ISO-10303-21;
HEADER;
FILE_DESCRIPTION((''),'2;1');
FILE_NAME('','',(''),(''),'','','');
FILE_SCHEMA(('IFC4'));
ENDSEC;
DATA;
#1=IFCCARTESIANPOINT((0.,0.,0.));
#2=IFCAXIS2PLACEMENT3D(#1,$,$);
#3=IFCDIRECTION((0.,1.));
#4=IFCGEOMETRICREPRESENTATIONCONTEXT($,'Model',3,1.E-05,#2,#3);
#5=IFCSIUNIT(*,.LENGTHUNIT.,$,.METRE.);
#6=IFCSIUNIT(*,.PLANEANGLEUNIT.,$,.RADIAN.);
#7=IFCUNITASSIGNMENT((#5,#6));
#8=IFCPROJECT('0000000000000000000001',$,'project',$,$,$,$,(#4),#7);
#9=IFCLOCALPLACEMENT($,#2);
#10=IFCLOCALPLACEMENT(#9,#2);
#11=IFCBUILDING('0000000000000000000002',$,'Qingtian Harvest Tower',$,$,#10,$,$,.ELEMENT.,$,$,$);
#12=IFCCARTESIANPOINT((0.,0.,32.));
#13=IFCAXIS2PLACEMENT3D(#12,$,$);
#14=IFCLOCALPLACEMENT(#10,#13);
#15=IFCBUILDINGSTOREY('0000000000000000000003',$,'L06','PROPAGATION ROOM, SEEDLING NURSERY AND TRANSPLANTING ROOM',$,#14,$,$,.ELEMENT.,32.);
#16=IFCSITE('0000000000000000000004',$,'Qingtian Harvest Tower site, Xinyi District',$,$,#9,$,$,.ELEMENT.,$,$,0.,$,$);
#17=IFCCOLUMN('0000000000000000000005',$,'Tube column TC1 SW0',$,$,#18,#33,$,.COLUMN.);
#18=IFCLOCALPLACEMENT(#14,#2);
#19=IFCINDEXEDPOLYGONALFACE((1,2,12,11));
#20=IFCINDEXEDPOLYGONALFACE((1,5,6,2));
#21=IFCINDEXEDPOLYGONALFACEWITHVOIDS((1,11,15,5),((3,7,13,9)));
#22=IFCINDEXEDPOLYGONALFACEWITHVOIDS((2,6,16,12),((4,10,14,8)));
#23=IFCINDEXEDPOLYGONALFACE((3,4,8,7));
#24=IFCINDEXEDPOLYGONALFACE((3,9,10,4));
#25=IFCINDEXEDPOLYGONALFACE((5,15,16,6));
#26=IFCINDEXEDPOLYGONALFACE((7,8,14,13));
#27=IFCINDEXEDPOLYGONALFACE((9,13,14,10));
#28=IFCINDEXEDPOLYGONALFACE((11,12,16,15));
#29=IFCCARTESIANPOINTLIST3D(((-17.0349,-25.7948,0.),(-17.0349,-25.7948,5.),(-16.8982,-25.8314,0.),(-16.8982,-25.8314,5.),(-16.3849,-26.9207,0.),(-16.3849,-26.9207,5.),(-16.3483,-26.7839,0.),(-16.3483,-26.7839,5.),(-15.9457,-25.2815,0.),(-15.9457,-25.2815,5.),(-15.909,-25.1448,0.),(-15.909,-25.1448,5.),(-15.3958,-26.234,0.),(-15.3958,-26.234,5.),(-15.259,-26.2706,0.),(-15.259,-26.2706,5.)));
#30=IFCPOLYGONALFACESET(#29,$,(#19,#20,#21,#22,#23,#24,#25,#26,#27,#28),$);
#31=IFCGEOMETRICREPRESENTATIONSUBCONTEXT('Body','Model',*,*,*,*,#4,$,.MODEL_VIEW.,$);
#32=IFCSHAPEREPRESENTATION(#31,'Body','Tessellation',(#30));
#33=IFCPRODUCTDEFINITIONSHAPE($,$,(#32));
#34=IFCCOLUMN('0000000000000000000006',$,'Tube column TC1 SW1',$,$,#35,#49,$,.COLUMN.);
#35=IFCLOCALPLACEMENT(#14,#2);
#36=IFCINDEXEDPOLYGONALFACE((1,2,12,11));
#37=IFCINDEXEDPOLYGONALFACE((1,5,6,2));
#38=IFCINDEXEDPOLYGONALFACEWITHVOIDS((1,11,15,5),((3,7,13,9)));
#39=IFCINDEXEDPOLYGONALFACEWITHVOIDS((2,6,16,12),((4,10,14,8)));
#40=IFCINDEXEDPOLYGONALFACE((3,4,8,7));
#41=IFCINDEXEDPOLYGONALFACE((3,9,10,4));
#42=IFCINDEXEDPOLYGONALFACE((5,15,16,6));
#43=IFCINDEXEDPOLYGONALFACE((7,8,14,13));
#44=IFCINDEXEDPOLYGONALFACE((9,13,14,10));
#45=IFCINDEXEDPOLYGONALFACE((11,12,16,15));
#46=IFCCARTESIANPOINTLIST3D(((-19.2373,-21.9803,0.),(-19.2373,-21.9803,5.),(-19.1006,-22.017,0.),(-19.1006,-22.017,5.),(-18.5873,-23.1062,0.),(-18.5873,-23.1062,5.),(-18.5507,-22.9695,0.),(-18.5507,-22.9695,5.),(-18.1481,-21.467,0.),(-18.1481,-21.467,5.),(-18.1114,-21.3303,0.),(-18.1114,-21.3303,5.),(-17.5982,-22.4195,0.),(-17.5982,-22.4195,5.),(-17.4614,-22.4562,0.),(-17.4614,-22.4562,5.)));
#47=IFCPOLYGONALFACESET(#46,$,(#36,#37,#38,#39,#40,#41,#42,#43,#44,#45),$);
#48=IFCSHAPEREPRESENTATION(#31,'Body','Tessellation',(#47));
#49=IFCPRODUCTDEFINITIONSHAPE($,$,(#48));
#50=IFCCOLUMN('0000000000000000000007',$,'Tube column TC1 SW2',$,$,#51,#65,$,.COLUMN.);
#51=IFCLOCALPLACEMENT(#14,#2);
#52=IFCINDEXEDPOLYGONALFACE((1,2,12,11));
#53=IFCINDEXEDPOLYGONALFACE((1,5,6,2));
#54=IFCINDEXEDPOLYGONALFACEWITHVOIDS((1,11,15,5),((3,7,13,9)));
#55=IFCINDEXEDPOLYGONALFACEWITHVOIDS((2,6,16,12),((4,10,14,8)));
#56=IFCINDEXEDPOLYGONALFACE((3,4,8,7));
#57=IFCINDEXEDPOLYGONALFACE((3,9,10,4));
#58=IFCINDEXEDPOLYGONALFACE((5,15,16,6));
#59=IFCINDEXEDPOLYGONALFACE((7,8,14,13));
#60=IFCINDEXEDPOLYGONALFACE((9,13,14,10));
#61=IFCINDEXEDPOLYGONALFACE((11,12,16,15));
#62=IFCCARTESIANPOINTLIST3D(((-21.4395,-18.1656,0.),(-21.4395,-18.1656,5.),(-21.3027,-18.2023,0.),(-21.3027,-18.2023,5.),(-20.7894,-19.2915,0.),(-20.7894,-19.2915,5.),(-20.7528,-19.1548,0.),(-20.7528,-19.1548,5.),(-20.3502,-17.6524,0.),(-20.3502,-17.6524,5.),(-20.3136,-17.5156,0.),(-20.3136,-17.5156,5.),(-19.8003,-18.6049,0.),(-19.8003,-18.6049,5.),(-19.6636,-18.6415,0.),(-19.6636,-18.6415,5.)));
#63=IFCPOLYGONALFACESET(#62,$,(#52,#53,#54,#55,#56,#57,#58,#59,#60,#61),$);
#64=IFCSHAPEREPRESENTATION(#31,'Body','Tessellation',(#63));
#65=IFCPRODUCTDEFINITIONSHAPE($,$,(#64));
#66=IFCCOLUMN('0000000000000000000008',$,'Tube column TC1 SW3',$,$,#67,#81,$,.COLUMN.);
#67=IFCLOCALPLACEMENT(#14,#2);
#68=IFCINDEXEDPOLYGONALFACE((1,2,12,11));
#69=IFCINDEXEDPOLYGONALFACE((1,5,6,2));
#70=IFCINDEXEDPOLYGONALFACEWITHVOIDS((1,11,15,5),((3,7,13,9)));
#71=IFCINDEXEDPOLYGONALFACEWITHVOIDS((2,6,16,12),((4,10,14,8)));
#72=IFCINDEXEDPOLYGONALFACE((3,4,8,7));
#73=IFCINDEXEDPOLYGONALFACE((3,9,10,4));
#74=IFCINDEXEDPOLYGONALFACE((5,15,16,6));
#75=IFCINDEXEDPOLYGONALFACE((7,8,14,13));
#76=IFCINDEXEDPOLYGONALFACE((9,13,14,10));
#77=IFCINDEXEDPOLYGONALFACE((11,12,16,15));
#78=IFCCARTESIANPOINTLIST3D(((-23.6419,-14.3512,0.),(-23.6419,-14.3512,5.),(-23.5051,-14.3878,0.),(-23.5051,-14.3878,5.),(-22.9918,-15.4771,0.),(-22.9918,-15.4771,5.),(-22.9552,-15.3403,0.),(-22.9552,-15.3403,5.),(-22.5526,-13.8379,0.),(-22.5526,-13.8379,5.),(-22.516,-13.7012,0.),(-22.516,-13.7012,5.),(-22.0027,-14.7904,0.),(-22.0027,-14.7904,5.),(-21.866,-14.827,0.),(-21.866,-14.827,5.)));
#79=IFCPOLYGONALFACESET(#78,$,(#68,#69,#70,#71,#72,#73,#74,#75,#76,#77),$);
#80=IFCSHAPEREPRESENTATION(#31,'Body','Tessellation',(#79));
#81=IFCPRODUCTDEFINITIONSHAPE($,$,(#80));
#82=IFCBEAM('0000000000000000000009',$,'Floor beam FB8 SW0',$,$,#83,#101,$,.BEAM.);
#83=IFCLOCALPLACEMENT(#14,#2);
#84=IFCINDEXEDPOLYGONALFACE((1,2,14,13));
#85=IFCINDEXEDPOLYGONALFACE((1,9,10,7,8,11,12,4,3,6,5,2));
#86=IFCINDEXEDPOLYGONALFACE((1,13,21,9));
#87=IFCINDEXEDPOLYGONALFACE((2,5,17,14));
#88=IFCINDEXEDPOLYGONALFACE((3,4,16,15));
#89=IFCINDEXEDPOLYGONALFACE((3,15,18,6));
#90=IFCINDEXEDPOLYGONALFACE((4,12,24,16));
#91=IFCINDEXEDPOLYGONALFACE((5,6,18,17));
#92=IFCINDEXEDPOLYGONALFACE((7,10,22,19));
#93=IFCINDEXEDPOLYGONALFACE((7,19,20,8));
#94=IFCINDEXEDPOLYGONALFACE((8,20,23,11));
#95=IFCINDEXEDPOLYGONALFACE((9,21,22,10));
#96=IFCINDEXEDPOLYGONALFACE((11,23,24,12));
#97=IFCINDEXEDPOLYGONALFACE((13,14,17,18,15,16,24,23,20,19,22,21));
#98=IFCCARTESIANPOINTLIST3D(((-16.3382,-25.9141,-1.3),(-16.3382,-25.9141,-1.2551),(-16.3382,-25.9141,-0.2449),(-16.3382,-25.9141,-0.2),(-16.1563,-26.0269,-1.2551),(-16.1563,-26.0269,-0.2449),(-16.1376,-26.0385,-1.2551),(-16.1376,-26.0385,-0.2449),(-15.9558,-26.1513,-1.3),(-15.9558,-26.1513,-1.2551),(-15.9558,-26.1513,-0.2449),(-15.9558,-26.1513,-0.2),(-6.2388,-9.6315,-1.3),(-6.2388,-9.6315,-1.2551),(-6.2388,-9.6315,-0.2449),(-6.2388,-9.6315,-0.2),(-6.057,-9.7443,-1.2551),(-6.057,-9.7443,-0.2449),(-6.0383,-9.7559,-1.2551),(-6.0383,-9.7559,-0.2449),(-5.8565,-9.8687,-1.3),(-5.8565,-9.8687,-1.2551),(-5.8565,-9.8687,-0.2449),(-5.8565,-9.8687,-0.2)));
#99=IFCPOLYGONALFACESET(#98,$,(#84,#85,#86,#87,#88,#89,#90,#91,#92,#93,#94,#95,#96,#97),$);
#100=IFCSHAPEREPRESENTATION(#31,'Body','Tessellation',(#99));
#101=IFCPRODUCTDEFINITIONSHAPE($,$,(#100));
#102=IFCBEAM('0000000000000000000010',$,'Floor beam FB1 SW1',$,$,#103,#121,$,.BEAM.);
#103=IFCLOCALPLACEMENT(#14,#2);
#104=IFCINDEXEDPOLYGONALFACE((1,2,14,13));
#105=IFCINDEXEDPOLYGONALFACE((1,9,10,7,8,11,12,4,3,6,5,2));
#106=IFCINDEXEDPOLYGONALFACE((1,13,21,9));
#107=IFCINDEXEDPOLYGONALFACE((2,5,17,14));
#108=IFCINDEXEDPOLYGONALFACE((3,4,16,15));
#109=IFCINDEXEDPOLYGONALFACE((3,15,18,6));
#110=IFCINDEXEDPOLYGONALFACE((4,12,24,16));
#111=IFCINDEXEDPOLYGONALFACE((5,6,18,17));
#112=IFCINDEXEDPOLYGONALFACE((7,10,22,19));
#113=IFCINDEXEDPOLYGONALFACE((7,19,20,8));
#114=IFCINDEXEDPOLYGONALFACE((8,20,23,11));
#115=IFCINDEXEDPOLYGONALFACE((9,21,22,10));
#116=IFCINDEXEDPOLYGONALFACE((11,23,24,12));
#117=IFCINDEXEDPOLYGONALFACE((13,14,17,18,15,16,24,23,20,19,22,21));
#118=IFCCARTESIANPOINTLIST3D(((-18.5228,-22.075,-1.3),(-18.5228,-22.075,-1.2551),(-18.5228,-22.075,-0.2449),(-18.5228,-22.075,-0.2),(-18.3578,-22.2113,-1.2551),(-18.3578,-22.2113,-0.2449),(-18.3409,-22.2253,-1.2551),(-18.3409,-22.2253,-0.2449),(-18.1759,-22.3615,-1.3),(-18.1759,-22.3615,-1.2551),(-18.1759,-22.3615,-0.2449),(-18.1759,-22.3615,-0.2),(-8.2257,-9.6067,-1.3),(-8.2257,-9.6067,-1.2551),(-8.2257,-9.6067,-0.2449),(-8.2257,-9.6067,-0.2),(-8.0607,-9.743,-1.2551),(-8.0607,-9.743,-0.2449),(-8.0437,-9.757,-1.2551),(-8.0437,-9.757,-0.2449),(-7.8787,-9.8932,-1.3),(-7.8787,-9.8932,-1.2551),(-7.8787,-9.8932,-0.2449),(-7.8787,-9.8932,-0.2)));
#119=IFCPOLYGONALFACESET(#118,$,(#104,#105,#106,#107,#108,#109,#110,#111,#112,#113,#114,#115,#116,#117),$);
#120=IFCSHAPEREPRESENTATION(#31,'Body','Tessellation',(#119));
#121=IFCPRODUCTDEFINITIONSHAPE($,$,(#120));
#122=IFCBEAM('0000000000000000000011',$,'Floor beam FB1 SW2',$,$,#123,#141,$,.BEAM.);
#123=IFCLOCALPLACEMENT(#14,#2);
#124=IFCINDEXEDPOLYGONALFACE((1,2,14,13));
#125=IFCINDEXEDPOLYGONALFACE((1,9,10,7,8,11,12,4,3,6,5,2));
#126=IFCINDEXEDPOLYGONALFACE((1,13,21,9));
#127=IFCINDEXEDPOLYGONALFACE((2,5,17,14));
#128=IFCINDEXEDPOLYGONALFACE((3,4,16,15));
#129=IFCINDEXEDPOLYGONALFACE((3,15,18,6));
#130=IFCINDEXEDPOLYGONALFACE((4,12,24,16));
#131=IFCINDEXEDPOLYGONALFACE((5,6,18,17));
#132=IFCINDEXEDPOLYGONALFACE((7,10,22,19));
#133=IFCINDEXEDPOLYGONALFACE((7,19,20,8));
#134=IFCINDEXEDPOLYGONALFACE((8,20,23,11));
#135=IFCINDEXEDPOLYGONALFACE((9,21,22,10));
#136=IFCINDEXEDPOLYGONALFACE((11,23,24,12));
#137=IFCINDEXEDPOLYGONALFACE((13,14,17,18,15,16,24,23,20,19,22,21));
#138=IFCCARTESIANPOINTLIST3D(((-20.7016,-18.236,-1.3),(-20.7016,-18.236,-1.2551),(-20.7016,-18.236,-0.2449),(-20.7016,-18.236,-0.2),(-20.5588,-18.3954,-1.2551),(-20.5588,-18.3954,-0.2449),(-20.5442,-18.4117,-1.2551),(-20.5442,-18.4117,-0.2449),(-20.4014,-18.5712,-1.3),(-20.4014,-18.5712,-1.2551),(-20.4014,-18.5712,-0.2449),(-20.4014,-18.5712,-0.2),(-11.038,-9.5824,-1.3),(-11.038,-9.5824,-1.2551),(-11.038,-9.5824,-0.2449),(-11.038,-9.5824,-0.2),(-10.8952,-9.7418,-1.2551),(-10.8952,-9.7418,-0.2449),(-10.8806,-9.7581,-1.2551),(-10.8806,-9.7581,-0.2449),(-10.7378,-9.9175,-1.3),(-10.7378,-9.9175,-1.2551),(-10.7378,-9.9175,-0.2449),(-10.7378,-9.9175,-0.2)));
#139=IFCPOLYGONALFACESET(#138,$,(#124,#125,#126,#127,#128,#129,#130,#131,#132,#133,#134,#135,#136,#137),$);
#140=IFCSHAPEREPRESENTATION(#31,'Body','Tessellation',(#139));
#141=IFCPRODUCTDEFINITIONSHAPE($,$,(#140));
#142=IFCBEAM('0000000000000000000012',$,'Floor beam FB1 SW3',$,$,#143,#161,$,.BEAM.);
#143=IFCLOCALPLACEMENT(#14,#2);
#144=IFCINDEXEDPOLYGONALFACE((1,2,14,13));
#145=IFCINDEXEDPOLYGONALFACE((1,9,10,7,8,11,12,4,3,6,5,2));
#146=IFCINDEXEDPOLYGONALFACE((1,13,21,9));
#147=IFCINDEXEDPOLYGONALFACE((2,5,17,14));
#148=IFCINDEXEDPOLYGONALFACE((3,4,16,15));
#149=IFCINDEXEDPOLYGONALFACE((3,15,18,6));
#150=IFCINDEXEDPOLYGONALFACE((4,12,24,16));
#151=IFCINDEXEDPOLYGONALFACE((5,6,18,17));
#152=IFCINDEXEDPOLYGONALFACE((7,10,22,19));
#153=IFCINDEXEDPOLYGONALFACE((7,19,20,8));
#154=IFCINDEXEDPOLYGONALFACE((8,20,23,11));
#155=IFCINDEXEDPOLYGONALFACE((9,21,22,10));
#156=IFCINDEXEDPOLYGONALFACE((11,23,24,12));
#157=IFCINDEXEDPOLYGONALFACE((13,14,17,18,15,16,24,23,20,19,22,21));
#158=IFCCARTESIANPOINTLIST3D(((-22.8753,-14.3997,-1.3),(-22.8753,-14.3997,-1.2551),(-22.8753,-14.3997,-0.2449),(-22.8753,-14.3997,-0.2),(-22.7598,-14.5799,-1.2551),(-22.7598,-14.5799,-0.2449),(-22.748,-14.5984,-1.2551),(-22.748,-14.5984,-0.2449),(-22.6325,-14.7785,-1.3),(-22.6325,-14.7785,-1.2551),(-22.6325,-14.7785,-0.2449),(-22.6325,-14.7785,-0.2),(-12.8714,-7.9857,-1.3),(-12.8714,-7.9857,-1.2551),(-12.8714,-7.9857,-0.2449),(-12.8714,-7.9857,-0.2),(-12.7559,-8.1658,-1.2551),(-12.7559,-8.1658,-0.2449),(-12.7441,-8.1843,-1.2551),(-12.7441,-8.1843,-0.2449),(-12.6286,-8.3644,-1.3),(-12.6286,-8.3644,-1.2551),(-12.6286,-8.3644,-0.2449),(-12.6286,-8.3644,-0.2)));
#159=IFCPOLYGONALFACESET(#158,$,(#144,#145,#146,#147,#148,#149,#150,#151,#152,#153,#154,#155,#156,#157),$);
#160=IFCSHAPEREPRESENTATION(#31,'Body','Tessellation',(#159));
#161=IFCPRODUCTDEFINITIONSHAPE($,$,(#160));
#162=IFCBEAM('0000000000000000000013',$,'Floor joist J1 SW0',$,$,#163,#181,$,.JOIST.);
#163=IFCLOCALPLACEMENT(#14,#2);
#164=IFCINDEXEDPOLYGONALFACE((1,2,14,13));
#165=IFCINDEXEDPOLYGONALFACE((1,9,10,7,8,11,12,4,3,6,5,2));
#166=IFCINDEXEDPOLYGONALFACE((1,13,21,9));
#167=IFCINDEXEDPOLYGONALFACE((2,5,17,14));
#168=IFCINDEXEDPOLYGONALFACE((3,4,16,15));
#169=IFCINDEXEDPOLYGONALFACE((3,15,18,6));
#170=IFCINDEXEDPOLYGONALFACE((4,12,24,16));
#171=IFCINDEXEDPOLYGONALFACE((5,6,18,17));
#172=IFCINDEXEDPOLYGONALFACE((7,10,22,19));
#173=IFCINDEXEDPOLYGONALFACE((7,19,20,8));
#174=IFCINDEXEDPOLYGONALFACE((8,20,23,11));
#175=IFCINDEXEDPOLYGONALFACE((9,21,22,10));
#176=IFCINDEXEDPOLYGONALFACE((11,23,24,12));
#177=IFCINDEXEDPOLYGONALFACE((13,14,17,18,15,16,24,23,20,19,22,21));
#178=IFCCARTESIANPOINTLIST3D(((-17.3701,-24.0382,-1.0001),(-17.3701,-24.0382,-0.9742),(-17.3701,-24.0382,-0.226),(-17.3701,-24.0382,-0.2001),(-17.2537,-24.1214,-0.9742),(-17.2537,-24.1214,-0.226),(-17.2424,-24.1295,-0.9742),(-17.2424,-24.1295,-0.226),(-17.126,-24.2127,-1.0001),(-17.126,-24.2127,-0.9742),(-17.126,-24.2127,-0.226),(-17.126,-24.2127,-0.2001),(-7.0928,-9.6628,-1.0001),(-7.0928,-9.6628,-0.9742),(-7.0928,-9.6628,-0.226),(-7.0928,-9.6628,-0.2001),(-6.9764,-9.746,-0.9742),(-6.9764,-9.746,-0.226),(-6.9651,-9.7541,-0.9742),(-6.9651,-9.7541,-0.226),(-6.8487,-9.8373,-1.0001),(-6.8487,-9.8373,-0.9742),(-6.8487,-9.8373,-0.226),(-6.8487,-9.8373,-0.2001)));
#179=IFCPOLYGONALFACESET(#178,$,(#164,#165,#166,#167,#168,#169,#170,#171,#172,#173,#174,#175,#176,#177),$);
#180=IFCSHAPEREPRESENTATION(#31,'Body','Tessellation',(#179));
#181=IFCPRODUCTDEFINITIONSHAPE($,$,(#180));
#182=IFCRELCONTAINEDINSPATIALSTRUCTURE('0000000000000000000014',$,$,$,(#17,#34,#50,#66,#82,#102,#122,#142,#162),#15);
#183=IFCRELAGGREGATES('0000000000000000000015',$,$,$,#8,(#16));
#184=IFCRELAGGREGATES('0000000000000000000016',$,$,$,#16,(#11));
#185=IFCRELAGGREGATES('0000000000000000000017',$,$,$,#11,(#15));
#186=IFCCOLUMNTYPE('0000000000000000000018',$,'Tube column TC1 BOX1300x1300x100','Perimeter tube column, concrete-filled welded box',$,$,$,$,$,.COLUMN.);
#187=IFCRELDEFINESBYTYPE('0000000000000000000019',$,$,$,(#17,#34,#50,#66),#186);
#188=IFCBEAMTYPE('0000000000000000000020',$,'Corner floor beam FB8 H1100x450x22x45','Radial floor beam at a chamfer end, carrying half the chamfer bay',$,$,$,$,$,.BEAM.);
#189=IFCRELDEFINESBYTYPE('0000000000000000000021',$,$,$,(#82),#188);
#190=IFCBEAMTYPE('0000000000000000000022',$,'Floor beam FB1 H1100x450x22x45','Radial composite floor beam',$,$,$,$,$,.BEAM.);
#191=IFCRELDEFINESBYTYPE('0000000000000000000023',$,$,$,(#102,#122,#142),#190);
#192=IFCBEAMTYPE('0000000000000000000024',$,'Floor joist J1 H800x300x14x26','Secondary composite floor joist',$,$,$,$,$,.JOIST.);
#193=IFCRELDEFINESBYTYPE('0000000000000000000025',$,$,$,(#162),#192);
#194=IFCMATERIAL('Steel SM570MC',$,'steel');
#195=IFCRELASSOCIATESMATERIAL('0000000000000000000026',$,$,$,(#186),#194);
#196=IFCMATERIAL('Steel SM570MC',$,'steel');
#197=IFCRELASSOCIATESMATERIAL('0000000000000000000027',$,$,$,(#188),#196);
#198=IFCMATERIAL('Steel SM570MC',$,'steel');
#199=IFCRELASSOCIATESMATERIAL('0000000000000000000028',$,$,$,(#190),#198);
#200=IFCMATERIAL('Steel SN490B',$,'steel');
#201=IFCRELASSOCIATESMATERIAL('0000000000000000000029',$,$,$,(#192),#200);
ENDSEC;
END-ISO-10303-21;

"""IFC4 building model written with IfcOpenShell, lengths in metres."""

from ifc_helpers import new_model, si_unit, direction, frame, origin, origin_2d, place, context, subcontext, project, spatial, hollow_rectangle, i_section, extrude, material, material_profile, profile_set, type_object, element, save


model = new_model("IFC4")

# Units and contexts
model_context = context("Model", 3, precision=1e-05, world=origin(), true_north=direction((0.0, 1.0)))
body_context = subcontext(model_context, "Body", "Model", "MODEL_VIEW")
ifc_project = project(units=[si_unit("LENGTHUNIT", "METRE"), si_unit("PLANEANGLEUNIT", "RADIAN")], contexts=[model_context])

# Site, building, storey
site_placement = place(None, origin())
site = spatial("IfcSite", under=ifc_project, at=site_placement, Name="Qingtian Harvest Tower site, Xinyi District", CompositionType="ELEMENT", RefElevation=0.0)
building_placement = place(site_placement, origin())
building = spatial("IfcBuilding", under=site, at=building_placement, Name="Qingtian Harvest Tower", CompositionType="ELEMENT")
storey_placement = place(building_placement, frame((0.0, 0.0, 32.0)))
storey = spatial("IfcBuildingStorey", under=building, at=storey_placement, Name="L06", Description="PROPAGATION ROOM, SEEDLING NURSERY AND TRANSPLANTING ROOM", CompositionType="ELEMENT", Elevation=32.0)

# Columns
ifc_material_1 = material(Name="Steel SM570MC", Category="steel")
ifc_material_profile_1 = material_profile(ifc_material_1, hollow_rectangle(XDim=1.3, YDim=1.3, WallThickness=0.1001, at=origin_2d()), Name="BOX1300x1300x100")
ifc_profile_set_1 = profile_set([ifc_material_profile_1], Name="Steel SM570MC")
column_type = type_object("IfcColumnType", Name="Tube column TC1 BOX1300x1300x100", Description="Perimeter tube column, concrete-filled welded box", PredefinedType="COLUMN", material=ifc_profile_set_1)
for number, where, z_axis, x_axis, name in (
    (1, (-16.147, -26.0327, 0.0), (0.0, 0.0, 1.0), (0.5, -0.866025, 0.0), "Tube column TC1 SW0"),
    (2, (-18.3494, -22.2183, 0.0), (0.0, 0.0, 1.0), (0.5, -0.866025, 0.0), "Tube column TC1 SW1"),
    (3, (-20.5515, -18.4036, 0.0), (0.0, 0.0, 1.0), (0.5, -0.866025, 0.0), "Tube column TC1 SW2"),
    (4, (-22.7539, -14.5891, 0.0), (0.0, 0.0, 1.0), (0.5, -0.866025, 0.0), "Tube column TC1 SW3"),
):
    element("IfcColumn", number, at=place(storey_placement, frame(where, z_axis=z_axis, x_axis=x_axis)), inside=storey, type_object=column_type, Name=name, PredefinedType="COLUMN", context=body_context, shape_type="SweptSolid", body=[
        extrude(hollow_rectangle(XDim=1.3, YDim=1.3, WallThickness=0.1001, at=origin_2d()), origin(), (0.0, 0.0, 1.0), 5.0),
    ])

# Beams
ifc_material_2 = material(Name="Steel SM570MC", Category="steel")
ifc_material_profile_2 = material_profile(ifc_material_2, i_section(OverallWidth=0.45, OverallDepth=1.1001, WebThickness=0.022, FlangeThickness=0.0449, at=origin_2d()), Name="H1100x450x22x45")
ifc_profile_set_2 = profile_set([ifc_material_profile_2], Name="Steel SM570MC")
beam_type_1 = type_object("IfcBeamType", Name="Corner floor beam FB8 H1100x450x22x45", Description="Radial floor beam at a chamfer end, carrying half the chamfer bay", PredefinedType="BEAM", material=ifc_profile_set_2)
beam_1_placement = place(storey_placement, frame((-16.147, -26.0327, -0.75), z_axis=(0.527094, 0.849807, 0.0), x_axis=(-0.849807, 0.527094, 0.0)))
element("IfcBeam", 5, at=beam_1_placement, inside=storey, type_object=beam_type_1, Name="Floor beam FB8 SW0", PredefinedType="BEAM", context=body_context, shape_type="SweptSolid", body=[
    extrude(i_section(OverallWidth=0.45, OverallDepth=1.1001, WebThickness=0.022, FlangeThickness=0.0449, at=origin_2d()), origin(), (0.0, 0.0, 1.0), 19.1604),
])
ifc_material_3 = material(Name="Steel SM570MC", Category="steel")
ifc_material_profile_3 = material_profile(ifc_material_3, i_section(OverallWidth=0.45, OverallDepth=1.1001, WebThickness=0.022, FlangeThickness=0.0449, at=origin_2d()), Name="H1100x450x22x45")
ifc_profile_set_3 = profile_set([ifc_material_profile_3], Name="Steel SM570MC")
beam_type_2 = type_object("IfcBeamType", Name="Floor beam FB1 H1100x450x22x45", Description="Radial composite floor beam", PredefinedType="BEAM", material=ifc_profile_set_3)
beam_2_placement = place(storey_placement, frame((-18.3494, -22.2183, -0.75), z_axis=(0.63678, 0.771045, 0.0), x_axis=(-0.771045, 0.63678, 0.0)))
element("IfcBeam", 6, at=beam_2_placement, inside=storey, type_object=beam_type_2, Name="Floor beam FB1 SW1", PredefinedType="BEAM", context=body_context, shape_type="SweptSolid", body=[
    extrude(i_section(OverallWidth=0.45, OverallDepth=1.1001, WebThickness=0.022, FlangeThickness=0.0449, at=origin_2d()), origin(), (0.0, 0.0, 1.0), 16.1707),
])
beam_3_placement = place(storey_placement, frame((-20.5515, -18.4036, -0.75), z_axis=(0.744965, 0.667103, 0.0), x_axis=(-0.667103, 0.744965, 0.0)))
element("IfcBeam", 7, at=beam_3_placement, inside=storey, type_object=beam_type_2, Name="Floor beam FB1 SW2", PredefinedType="BEAM", context=body_context, shape_type="SweptSolid", body=[
    extrude(i_section(OverallWidth=0.45, OverallDepth=1.1001, WebThickness=0.022, FlangeThickness=0.0449, at=origin_2d()), origin(), (0.0, 0.0, 1.0), 12.9719),
])
beam_4_placement = place(storey_placement, frame((-22.7539, -14.5891, -0.75), z_axis=(0.841829, 0.539744, 0.0), x_axis=(-0.539744, 0.841829, 0.0)))
element("IfcBeam", 8, at=beam_4_placement, inside=storey, type_object=beam_type_2, Name="Floor beam FB1 SW3", PredefinedType="BEAM", context=body_context, shape_type="SweptSolid", body=[
    extrude(i_section(OverallWidth=0.45, OverallDepth=1.1001, WebThickness=0.022, FlangeThickness=0.0449, at=origin_2d()), origin(), (0.0, 0.0, 1.0), 11.8835),
])
ifc_material_4 = material(Name="Steel SN490B", Category="steel")
ifc_material_profile_4 = material_profile(ifc_material_4, i_section(OverallWidth=0.3, OverallDepth=0.8, WebThickness=0.0139, FlangeThickness=0.0259, at=origin_2d()), Name="H800x300x14x26")
ifc_profile_set_4 = profile_set([ifc_material_profile_4], Name="Steel SN490B")
beam_type_3 = type_object("IfcBeamType", Name="Floor joist J1 H800x300x14x26", Description="Secondary composite floor joist", PredefinedType="JOIST", material=ifc_profile_set_4)
beam_5_placement = place(storey_placement, frame((-17.248, -24.1255, -0.6001), z_axis=(0.581581, 0.813489, 0.0), x_axis=(-0.813489, 0.581581, 0.0)))
element("IfcBeam", 9, at=beam_5_placement, inside=storey, type_object=beam_type_3, Name="Floor joist J1 SW0", PredefinedType="JOIST", context=body_context, shape_type="SweptSolid", body=[
    extrude(i_section(OverallWidth=0.3, OverallDepth=0.8, WebThickness=0.0139, FlangeThickness=0.0259, at=origin_2d()), origin(), (0.0, 0.0, 1.0), 17.6714),
])

save(model, "model.ifc")
